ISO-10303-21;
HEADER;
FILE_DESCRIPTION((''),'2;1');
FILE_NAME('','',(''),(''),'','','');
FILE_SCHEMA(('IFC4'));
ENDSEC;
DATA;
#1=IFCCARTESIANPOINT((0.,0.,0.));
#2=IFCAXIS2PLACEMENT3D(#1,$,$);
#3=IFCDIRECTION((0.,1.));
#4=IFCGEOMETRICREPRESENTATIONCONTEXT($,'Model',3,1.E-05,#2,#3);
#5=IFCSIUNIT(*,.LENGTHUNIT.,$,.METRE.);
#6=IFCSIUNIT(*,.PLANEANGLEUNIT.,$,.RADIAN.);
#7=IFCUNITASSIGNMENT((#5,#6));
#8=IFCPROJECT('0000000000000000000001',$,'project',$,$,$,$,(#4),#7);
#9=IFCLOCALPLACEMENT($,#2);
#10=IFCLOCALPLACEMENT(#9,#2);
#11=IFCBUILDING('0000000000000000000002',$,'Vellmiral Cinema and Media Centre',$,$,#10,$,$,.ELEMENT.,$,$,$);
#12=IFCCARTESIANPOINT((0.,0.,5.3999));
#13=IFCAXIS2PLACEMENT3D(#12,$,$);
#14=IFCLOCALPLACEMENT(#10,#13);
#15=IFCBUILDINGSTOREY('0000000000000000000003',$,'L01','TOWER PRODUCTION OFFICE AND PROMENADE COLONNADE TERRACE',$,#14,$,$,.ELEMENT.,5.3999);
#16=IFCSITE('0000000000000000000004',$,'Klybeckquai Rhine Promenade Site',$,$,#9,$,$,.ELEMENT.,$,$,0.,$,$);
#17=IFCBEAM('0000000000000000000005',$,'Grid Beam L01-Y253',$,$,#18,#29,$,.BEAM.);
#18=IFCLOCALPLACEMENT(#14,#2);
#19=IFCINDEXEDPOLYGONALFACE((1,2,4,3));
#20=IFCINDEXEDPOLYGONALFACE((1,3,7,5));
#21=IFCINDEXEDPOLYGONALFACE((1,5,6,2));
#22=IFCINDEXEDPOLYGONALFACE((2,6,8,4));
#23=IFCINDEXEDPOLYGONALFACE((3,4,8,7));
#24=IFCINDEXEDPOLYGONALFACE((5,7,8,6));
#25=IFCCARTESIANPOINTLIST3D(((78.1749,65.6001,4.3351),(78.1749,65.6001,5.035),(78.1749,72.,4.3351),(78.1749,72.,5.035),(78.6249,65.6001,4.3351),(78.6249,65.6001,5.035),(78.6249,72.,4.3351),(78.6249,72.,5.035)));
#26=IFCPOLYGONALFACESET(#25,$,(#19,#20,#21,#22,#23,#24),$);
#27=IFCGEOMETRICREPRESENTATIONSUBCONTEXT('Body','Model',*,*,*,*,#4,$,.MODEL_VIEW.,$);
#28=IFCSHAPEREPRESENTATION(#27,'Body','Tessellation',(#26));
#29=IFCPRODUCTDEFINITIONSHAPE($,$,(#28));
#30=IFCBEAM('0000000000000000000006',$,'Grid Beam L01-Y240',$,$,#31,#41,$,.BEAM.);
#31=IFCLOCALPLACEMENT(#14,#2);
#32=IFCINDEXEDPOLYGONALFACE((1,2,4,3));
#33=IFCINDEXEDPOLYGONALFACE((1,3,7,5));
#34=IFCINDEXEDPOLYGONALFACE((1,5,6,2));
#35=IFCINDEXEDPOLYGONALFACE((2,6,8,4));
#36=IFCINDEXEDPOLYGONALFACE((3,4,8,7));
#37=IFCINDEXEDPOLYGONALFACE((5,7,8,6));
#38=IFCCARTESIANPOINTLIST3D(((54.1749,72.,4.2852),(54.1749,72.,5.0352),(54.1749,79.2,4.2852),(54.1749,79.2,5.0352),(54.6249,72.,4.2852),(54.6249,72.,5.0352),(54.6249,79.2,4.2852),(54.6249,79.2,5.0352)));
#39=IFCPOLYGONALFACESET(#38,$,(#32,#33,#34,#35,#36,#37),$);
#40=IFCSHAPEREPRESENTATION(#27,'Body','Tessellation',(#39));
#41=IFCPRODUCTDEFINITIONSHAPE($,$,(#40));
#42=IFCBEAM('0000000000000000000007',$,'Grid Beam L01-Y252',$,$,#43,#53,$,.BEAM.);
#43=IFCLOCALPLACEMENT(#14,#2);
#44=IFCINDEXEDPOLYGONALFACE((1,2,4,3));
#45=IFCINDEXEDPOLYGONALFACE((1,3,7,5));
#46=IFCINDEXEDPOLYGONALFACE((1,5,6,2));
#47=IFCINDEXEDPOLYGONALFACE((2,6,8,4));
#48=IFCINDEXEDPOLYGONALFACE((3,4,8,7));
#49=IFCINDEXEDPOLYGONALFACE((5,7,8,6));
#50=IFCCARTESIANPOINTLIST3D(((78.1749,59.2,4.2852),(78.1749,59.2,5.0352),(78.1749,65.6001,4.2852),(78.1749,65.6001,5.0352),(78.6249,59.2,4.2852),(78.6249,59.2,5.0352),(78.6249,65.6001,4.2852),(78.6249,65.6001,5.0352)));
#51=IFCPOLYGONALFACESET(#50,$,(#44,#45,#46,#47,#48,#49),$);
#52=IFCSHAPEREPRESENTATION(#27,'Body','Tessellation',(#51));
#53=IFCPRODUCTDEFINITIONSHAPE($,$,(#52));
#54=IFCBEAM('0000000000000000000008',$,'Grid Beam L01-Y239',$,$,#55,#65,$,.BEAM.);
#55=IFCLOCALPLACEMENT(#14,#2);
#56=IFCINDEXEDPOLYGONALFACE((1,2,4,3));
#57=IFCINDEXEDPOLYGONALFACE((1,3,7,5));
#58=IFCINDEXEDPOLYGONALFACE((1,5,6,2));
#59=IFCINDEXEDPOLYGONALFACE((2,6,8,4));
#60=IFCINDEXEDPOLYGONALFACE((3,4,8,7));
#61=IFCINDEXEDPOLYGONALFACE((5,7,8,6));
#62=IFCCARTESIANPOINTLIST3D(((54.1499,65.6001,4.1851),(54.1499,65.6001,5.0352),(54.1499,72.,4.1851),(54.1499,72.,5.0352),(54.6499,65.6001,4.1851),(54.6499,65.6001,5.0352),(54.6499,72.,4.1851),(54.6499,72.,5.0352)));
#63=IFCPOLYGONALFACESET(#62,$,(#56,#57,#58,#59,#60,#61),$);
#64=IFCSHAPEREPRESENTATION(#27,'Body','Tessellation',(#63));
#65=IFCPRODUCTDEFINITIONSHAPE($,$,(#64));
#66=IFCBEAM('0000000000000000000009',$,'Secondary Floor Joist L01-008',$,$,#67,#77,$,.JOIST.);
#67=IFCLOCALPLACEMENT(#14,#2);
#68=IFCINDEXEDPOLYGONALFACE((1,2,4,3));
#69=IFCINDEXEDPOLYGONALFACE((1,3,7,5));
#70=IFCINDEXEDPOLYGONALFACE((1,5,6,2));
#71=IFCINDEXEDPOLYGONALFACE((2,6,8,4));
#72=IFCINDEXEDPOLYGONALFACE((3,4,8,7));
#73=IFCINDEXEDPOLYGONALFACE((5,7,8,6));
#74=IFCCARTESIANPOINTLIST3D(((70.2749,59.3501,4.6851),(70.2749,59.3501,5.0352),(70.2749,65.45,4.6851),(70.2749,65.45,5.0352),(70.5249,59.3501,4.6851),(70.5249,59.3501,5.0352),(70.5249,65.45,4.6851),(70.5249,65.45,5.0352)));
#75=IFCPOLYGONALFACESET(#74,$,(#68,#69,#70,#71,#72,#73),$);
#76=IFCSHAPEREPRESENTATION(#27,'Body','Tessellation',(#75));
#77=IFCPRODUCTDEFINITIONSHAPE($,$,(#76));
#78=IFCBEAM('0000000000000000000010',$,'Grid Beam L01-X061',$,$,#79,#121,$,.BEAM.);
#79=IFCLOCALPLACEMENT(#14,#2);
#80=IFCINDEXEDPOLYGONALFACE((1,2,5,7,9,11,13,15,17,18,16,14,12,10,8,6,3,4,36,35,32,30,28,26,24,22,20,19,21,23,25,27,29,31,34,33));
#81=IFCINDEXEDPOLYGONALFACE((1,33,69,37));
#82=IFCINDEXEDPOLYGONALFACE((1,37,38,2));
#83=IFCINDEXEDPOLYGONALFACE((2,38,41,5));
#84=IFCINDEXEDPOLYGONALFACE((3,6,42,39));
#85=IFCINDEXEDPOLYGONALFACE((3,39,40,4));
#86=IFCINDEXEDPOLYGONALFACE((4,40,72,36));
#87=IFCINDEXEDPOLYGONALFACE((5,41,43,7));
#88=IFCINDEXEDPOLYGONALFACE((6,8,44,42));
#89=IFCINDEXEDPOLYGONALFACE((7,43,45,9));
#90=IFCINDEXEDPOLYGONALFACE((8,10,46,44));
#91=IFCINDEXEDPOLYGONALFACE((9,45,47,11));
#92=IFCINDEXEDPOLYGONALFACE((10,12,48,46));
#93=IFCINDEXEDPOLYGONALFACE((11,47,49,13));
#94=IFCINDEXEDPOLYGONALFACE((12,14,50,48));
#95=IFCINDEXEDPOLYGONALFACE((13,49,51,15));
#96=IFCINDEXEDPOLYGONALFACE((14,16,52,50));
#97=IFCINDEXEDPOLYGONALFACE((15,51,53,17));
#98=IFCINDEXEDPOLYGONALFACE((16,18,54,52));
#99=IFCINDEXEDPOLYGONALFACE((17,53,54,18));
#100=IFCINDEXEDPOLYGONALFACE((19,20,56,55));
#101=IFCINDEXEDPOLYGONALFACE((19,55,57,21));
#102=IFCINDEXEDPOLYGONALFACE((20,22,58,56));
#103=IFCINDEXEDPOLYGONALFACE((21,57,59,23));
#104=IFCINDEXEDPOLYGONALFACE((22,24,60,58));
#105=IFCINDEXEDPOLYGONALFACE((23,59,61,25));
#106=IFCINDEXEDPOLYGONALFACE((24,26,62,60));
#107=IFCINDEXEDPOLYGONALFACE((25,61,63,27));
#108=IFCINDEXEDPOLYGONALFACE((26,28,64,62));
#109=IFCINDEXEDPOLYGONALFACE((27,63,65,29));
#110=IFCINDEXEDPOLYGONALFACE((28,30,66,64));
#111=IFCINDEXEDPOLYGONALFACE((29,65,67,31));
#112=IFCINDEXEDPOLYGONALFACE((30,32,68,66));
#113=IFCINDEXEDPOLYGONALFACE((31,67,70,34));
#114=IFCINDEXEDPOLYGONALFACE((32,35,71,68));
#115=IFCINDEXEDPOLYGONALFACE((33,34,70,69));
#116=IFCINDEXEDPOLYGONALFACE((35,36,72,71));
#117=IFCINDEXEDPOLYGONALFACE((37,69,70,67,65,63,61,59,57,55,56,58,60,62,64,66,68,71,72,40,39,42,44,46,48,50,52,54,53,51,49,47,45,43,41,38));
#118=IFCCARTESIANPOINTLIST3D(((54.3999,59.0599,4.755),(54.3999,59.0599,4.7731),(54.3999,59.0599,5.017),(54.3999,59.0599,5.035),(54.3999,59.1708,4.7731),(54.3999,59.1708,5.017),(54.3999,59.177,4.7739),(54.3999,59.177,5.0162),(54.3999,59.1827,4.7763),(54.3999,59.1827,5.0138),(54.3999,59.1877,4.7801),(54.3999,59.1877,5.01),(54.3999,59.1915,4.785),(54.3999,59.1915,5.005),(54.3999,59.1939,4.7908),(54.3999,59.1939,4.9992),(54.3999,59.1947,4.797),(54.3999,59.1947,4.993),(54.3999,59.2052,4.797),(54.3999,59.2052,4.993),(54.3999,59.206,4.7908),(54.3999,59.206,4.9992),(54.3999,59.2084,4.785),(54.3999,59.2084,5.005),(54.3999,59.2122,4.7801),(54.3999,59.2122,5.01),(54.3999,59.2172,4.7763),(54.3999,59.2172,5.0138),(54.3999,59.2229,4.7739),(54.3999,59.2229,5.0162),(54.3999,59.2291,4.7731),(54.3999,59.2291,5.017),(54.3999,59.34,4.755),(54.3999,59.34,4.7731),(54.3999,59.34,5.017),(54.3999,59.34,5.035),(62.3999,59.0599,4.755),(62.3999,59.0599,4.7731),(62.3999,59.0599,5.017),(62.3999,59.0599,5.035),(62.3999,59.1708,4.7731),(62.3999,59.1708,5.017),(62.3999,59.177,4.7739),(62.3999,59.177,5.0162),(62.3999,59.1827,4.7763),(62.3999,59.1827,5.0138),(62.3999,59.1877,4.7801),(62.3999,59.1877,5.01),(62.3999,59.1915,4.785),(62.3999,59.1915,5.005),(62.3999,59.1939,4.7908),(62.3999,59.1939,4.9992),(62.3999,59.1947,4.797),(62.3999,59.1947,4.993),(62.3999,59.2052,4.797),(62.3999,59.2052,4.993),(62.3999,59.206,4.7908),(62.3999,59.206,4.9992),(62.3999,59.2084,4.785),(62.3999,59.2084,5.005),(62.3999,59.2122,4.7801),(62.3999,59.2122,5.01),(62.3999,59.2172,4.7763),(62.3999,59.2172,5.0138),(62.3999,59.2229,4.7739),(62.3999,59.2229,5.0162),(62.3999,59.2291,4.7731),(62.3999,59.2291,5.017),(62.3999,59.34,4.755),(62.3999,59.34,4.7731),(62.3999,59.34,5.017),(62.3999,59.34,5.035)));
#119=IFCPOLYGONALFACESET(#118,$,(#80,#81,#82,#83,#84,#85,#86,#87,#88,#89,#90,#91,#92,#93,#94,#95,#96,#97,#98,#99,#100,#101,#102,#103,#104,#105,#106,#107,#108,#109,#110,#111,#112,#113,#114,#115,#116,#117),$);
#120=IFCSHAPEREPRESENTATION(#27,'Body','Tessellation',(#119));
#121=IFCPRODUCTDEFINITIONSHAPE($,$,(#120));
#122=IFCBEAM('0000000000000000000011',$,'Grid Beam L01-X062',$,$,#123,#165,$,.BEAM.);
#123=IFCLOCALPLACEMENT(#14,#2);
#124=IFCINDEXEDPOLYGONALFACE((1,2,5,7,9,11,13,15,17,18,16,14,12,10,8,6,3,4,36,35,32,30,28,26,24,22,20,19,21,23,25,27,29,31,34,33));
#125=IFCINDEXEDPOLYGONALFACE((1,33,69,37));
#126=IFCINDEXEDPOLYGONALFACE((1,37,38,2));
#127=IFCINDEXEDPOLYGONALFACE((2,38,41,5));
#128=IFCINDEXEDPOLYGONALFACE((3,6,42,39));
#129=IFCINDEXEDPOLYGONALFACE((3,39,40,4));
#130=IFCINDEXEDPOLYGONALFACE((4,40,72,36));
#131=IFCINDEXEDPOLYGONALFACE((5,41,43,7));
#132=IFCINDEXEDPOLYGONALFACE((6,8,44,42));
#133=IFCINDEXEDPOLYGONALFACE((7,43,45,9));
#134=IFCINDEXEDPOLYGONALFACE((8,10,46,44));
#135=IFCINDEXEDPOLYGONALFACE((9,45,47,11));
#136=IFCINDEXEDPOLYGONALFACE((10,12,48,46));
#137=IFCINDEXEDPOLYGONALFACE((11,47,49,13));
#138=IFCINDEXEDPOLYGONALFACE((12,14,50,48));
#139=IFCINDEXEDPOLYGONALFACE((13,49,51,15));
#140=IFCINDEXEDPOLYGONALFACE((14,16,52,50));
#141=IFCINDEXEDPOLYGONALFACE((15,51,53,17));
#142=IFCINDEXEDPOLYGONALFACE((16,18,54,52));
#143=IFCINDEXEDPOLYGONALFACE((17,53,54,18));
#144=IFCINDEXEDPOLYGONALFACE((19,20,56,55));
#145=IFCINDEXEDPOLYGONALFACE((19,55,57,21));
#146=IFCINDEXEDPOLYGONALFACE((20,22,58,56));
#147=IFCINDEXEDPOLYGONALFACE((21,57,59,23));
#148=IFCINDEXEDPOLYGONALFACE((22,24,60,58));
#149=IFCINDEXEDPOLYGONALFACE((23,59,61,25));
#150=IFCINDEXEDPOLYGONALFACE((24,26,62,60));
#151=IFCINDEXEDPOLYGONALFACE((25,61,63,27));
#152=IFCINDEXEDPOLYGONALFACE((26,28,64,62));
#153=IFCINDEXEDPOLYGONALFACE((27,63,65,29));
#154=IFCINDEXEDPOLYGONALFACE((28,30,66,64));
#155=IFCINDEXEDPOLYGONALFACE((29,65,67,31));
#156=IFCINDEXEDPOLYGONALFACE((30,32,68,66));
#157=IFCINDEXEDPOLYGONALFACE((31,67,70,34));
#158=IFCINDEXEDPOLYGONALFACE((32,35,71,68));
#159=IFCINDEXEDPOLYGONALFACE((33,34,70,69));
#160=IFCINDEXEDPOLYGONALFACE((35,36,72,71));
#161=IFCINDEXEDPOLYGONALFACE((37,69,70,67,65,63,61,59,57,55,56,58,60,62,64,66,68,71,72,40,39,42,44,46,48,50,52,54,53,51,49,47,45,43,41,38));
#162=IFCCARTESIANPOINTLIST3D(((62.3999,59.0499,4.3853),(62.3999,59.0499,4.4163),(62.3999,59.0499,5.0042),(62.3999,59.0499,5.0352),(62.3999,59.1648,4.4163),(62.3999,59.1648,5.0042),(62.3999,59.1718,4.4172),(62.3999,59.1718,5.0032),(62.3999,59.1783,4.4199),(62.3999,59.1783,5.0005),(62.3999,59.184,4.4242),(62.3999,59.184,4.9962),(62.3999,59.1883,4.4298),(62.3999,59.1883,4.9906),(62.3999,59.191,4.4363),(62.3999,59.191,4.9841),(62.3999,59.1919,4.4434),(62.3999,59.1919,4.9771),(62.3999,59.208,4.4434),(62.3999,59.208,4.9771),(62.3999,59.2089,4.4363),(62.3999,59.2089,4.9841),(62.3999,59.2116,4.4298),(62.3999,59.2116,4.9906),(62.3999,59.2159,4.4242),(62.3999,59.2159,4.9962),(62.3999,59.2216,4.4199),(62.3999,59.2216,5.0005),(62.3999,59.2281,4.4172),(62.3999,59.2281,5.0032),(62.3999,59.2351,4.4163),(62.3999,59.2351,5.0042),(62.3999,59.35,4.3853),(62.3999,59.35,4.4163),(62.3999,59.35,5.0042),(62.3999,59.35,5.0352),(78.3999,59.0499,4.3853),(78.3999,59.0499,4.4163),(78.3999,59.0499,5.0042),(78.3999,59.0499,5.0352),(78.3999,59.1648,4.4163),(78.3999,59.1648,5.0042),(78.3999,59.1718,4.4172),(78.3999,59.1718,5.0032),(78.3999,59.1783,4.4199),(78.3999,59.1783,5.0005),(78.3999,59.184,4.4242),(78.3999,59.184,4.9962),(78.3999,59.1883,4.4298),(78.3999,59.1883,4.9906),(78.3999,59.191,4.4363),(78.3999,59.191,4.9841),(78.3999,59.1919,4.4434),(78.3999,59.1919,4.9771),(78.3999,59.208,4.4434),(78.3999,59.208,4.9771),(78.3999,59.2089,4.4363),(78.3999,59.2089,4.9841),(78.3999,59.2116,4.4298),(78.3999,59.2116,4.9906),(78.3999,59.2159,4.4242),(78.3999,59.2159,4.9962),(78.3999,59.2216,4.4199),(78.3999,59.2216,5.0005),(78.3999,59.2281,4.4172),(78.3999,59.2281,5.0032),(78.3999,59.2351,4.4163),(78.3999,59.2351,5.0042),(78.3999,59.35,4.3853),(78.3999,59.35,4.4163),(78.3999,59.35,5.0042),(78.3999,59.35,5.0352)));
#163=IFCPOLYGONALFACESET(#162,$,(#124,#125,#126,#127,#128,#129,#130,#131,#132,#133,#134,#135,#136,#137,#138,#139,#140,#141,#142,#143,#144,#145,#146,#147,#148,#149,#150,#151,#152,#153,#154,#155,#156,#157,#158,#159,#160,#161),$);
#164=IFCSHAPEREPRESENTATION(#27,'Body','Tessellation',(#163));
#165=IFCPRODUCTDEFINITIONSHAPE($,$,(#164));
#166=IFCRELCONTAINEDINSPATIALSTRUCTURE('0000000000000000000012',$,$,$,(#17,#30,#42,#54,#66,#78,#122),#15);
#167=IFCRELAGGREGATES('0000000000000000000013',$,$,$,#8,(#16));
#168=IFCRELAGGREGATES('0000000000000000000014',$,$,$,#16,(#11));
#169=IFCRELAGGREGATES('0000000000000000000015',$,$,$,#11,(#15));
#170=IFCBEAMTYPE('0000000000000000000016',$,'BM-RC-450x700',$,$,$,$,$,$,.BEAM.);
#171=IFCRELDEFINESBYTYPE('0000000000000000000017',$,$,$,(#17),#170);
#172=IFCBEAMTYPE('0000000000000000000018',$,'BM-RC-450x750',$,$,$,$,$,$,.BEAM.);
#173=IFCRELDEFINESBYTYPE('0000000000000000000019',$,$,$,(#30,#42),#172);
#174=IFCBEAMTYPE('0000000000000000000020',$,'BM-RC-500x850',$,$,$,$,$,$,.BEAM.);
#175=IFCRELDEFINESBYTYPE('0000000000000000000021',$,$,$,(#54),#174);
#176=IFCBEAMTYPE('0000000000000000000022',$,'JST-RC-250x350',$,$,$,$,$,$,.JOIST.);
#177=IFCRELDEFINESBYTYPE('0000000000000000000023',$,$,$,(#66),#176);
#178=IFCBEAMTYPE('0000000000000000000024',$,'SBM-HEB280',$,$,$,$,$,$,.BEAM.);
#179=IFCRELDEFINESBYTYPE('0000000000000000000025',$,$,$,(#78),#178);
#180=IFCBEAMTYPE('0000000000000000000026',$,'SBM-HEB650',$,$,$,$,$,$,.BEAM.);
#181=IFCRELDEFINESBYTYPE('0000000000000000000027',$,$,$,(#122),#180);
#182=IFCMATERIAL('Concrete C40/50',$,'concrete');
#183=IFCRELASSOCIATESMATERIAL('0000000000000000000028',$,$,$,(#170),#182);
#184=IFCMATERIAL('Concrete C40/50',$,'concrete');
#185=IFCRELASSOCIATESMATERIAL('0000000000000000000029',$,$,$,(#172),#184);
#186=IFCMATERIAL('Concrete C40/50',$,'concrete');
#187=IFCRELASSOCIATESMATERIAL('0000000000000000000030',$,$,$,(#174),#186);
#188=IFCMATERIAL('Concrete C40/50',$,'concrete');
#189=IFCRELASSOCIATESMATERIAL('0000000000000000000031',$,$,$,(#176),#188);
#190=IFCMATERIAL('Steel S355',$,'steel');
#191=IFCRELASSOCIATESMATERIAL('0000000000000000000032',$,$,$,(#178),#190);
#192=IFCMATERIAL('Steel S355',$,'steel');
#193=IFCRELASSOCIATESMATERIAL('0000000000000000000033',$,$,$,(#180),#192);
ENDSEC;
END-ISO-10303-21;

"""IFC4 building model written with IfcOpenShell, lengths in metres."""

from ifc_helpers import new_model, si_unit, direction, frame, origin, origin_2d, place, context, subcontext, project, spatial, rectangle, i_section, extrude, material, material_profile, profile_set, type_object, element, save


model = new_model("IFC4")

# Units and contexts
model_context = context("Model", 3, precision=1e-05, world=origin(), true_north=direction((0.0, 1.0)))
body_context = subcontext(model_context, "Body", "Model", "MODEL_VIEW")
ifc_project = project(units=[si_unit("LENGTHUNIT", "METRE"), si_unit("PLANEANGLEUNIT", "RADIAN")], contexts=[model_context])

# Site, building, storey
site_placement = place(None, origin())
site = spatial("IfcSite", under=ifc_project, at=site_placement, Name="Klybeckquai Rhine Promenade Site", CompositionType="ELEMENT", RefElevation=0.0)
building_placement = place(site_placement, origin())
building = spatial("IfcBuilding", under=site, at=building_placement, Name="Vellmiral Cinema and Media Centre", CompositionType="ELEMENT")
storey_placement = place(building_placement, frame((0.0, 0.0, 5.3999)))
storey = spatial("IfcBuildingStorey", under=building, at=storey_placement, Name="L01", Description="TOWER PRODUCTION OFFICE AND PROMENADE COLONNADE TERRACE", CompositionType="ELEMENT", Elevation=5.3999)

# Beams
ifc_material_1 = material(Name="Concrete C40/50", Category="concrete")
ifc_material_profile_1 = material_profile(ifc_material_1, rectangle(XDim=0.45, YDim=0.7, at=origin_2d()), Name="RC 450x700")
ifc_profile_set_1 = profile_set([ifc_material_profile_1], Name="Concrete C40/50")
beam_type_1 = type_object("IfcBeamType", Name="BM-RC-450x700", PredefinedType="BEAM", material=ifc_profile_set_1)
beam_1_placement = place(storey_placement, frame((78.3999, 65.6001, 4.6851), z_axis=(0.0, 1.0, 0.0), x_axis=(-1.0, 0.0, 0.0)))
element("IfcBeam", 1, at=beam_1_placement, inside=storey, type_object=beam_type_1, Name="Grid Beam L01-Y253", PredefinedType="BEAM", context=body_context, shape_type="SweptSolid", body=[
    extrude(rectangle(XDim=0.45, YDim=0.7, at=origin_2d()), origin(), (0.0, 0.0, 1.0), 6.3999),
])
ifc_material_2 = material(Name="Concrete C40/50", Category="concrete")
ifc_material_profile_2 = material_profile(ifc_material_2, rectangle(XDim=0.45, YDim=0.75, at=origin_2d()), Name="RC 450x750")
ifc_profile_set_2 = profile_set([ifc_material_profile_2], Name="Concrete C40/50")
beam_type_2 = type_object("IfcBeamType", Name="BM-RC-450x750", PredefinedType="BEAM", material=ifc_profile_set_2)
beam_2_placement = place(storey_placement, frame((54.3999, 72.0, 4.6602), z_axis=(0.0, 1.0, 0.0), x_axis=(-1.0, 0.0, 0.0)))
element("IfcBeam", 2, at=beam_2_placement, inside=storey, type_object=beam_type_2, Name="Grid Beam L01-Y240", PredefinedType="BEAM", context=body_context, shape_type="SweptSolid", body=[
    extrude(rectangle(XDim=0.45, YDim=0.75, at=origin_2d()), origin(), (0.0, 0.0, 1.0), 7.2),
])
beam_3_placement = place(storey_placement, frame((78.3999, 59.2, 4.6602), z_axis=(0.0, 1.0, 0.0), x_axis=(-1.0, 0.0, 0.0)))
element("IfcBeam", 3, at=beam_3_placement, inside=storey, type_object=beam_type_2, Name="Grid Beam L01-Y252", PredefinedType="BEAM", context=body_context, shape_type="SweptSolid", body=[
    extrude(rectangle(XDim=0.45, YDim=0.75, at=origin_2d()), origin(), (0.0, 0.0, 1.0), 6.4001),
])
ifc_material_3 = material(Name="Concrete C40/50", Category="concrete")
ifc_material_profile_3 = material_profile(ifc_material_3, rectangle(XDim=0.5, YDim=0.8501, at=origin_2d()), Name="RC 500x850")
ifc_profile_set_3 = profile_set([ifc_material_profile_3], Name="Concrete C40/50")
beam_type_3 = type_object("IfcBeamType", Name="BM-RC-500x850", PredefinedType="BEAM", material=ifc_profile_set_3)
beam_4_placement = place(storey_placement, frame((54.3999, 65.6001, 4.6101), z_axis=(0.0, 1.0, 0.0), x_axis=(-1.0, 0.0, 0.0)))
element("IfcBeam", 4, at=beam_4_placement, inside=storey, type_object=beam_type_3, Name="Grid Beam L01-Y239", PredefinedType="BEAM", context=body_context, shape_type="SweptSolid", body=[
    extrude(rectangle(XDim=0.5, YDim=0.8501, at=origin_2d()), origin(), (0.0, 0.0, 1.0), 6.3999),
])
ifc_material_4 = material(Name="Concrete C40/50", Category="concrete")
ifc_material_profile_4 = material_profile(ifc_material_4, rectangle(XDim=0.25, YDim=0.3501, at=origin_2d()), Name="RC 250x350")
ifc_profile_set_4 = profile_set([ifc_material_profile_4], Name="Concrete C40/50")
beam_type_4 = type_object("IfcBeamType", Name="JST-RC-250x350", PredefinedType="JOIST", material=ifc_profile_set_4)
beam_5_placement = place(storey_placement, frame((70.3999, 59.3501, 4.8601), z_axis=(0.0, 1.0, 0.0), x_axis=(-1.0, 0.0, 0.0)))
element("IfcBeam", 5, at=beam_5_placement, inside=storey, type_object=beam_type_4, Name="Secondary Floor Joist L01-008", PredefinedType="JOIST", context=body_context, shape_type="SweptSolid", body=[
    extrude(rectangle(XDim=0.25, YDim=0.3501, at=origin_2d()), origin(), (0.0, 0.0, 1.0), 6.0999),
])
ifc_material_5 = material(Name="Steel S355", Category="steel")
ifc_material_profile_5 = material_profile(ifc_material_5, i_section(OverallWidth=0.28, OverallDepth=0.28, WebThickness=0.0105, FlangeThickness=0.0181, FilletRadius=0.0239, at=origin_2d()), Name="HEB 280")
ifc_profile_set_5 = profile_set([ifc_material_profile_5], Name="Steel S355")
beam_type_5 = type_object("IfcBeamType", Name="SBM-HEB280", PredefinedType="BEAM", material=ifc_profile_set_5)
beam_6_placement = place(storey_placement, frame((54.3999, 59.2, 4.895), z_axis=(1.0, 0.0, 0.0), x_axis=(0.0, 1.0, 0.0)))
element("IfcBeam", 6, at=beam_6_placement, inside=storey, type_object=beam_type_5, Name="Grid Beam L01-X061", PredefinedType="BEAM", context=body_context, shape_type="SweptSolid", body=[
    extrude(i_section(OverallWidth=0.28, OverallDepth=0.28, WebThickness=0.0105, FlangeThickness=0.0181, FilletRadius=0.0239, at=origin_2d()), origin(), (0.0, 0.0, 1.0), 8.0),
])
ifc_material_6 = material(Name="Steel S355", Category="steel")
ifc_material_profile_6 = material_profile(ifc_material_6, i_section(OverallWidth=0.3, OverallDepth=0.6499, WebThickness=0.0161, FlangeThickness=0.031, FilletRadius=0.0271, at=origin_2d()), Name="HEB 650")
ifc_profile_set_6 = profile_set([ifc_material_profile_6], Name="Steel S355")
beam_type_6 = type_object("IfcBeamType", Name="SBM-HEB650", PredefinedType="BEAM", material=ifc_profile_set_6)
for number, where, z_axis, x_axis, name in (
    (7, (62.3999, 59.2, 4.7102), (1.0, 0.0, 0.0), (0.0, 1.0, 0.0), "Grid Beam L01-X062"),
):
    element("IfcBeam", number, at=place(storey_placement, frame(where, z_axis=z_axis, x_axis=x_axis)), inside=storey, type_object=beam_type_6, Name=name, PredefinedType="BEAM", context=body_context, shape_type="SweptSolid", body=[
        extrude(i_section(OverallWidth=0.3, OverallDepth=0.6499, WebThickness=0.0161, FlangeThickness=0.031, FilletRadius=0.0271, at=origin_2d()), origin(), (0.0, 0.0, 1.0), 16.0),
    ])

save(model, "model.ifc")
